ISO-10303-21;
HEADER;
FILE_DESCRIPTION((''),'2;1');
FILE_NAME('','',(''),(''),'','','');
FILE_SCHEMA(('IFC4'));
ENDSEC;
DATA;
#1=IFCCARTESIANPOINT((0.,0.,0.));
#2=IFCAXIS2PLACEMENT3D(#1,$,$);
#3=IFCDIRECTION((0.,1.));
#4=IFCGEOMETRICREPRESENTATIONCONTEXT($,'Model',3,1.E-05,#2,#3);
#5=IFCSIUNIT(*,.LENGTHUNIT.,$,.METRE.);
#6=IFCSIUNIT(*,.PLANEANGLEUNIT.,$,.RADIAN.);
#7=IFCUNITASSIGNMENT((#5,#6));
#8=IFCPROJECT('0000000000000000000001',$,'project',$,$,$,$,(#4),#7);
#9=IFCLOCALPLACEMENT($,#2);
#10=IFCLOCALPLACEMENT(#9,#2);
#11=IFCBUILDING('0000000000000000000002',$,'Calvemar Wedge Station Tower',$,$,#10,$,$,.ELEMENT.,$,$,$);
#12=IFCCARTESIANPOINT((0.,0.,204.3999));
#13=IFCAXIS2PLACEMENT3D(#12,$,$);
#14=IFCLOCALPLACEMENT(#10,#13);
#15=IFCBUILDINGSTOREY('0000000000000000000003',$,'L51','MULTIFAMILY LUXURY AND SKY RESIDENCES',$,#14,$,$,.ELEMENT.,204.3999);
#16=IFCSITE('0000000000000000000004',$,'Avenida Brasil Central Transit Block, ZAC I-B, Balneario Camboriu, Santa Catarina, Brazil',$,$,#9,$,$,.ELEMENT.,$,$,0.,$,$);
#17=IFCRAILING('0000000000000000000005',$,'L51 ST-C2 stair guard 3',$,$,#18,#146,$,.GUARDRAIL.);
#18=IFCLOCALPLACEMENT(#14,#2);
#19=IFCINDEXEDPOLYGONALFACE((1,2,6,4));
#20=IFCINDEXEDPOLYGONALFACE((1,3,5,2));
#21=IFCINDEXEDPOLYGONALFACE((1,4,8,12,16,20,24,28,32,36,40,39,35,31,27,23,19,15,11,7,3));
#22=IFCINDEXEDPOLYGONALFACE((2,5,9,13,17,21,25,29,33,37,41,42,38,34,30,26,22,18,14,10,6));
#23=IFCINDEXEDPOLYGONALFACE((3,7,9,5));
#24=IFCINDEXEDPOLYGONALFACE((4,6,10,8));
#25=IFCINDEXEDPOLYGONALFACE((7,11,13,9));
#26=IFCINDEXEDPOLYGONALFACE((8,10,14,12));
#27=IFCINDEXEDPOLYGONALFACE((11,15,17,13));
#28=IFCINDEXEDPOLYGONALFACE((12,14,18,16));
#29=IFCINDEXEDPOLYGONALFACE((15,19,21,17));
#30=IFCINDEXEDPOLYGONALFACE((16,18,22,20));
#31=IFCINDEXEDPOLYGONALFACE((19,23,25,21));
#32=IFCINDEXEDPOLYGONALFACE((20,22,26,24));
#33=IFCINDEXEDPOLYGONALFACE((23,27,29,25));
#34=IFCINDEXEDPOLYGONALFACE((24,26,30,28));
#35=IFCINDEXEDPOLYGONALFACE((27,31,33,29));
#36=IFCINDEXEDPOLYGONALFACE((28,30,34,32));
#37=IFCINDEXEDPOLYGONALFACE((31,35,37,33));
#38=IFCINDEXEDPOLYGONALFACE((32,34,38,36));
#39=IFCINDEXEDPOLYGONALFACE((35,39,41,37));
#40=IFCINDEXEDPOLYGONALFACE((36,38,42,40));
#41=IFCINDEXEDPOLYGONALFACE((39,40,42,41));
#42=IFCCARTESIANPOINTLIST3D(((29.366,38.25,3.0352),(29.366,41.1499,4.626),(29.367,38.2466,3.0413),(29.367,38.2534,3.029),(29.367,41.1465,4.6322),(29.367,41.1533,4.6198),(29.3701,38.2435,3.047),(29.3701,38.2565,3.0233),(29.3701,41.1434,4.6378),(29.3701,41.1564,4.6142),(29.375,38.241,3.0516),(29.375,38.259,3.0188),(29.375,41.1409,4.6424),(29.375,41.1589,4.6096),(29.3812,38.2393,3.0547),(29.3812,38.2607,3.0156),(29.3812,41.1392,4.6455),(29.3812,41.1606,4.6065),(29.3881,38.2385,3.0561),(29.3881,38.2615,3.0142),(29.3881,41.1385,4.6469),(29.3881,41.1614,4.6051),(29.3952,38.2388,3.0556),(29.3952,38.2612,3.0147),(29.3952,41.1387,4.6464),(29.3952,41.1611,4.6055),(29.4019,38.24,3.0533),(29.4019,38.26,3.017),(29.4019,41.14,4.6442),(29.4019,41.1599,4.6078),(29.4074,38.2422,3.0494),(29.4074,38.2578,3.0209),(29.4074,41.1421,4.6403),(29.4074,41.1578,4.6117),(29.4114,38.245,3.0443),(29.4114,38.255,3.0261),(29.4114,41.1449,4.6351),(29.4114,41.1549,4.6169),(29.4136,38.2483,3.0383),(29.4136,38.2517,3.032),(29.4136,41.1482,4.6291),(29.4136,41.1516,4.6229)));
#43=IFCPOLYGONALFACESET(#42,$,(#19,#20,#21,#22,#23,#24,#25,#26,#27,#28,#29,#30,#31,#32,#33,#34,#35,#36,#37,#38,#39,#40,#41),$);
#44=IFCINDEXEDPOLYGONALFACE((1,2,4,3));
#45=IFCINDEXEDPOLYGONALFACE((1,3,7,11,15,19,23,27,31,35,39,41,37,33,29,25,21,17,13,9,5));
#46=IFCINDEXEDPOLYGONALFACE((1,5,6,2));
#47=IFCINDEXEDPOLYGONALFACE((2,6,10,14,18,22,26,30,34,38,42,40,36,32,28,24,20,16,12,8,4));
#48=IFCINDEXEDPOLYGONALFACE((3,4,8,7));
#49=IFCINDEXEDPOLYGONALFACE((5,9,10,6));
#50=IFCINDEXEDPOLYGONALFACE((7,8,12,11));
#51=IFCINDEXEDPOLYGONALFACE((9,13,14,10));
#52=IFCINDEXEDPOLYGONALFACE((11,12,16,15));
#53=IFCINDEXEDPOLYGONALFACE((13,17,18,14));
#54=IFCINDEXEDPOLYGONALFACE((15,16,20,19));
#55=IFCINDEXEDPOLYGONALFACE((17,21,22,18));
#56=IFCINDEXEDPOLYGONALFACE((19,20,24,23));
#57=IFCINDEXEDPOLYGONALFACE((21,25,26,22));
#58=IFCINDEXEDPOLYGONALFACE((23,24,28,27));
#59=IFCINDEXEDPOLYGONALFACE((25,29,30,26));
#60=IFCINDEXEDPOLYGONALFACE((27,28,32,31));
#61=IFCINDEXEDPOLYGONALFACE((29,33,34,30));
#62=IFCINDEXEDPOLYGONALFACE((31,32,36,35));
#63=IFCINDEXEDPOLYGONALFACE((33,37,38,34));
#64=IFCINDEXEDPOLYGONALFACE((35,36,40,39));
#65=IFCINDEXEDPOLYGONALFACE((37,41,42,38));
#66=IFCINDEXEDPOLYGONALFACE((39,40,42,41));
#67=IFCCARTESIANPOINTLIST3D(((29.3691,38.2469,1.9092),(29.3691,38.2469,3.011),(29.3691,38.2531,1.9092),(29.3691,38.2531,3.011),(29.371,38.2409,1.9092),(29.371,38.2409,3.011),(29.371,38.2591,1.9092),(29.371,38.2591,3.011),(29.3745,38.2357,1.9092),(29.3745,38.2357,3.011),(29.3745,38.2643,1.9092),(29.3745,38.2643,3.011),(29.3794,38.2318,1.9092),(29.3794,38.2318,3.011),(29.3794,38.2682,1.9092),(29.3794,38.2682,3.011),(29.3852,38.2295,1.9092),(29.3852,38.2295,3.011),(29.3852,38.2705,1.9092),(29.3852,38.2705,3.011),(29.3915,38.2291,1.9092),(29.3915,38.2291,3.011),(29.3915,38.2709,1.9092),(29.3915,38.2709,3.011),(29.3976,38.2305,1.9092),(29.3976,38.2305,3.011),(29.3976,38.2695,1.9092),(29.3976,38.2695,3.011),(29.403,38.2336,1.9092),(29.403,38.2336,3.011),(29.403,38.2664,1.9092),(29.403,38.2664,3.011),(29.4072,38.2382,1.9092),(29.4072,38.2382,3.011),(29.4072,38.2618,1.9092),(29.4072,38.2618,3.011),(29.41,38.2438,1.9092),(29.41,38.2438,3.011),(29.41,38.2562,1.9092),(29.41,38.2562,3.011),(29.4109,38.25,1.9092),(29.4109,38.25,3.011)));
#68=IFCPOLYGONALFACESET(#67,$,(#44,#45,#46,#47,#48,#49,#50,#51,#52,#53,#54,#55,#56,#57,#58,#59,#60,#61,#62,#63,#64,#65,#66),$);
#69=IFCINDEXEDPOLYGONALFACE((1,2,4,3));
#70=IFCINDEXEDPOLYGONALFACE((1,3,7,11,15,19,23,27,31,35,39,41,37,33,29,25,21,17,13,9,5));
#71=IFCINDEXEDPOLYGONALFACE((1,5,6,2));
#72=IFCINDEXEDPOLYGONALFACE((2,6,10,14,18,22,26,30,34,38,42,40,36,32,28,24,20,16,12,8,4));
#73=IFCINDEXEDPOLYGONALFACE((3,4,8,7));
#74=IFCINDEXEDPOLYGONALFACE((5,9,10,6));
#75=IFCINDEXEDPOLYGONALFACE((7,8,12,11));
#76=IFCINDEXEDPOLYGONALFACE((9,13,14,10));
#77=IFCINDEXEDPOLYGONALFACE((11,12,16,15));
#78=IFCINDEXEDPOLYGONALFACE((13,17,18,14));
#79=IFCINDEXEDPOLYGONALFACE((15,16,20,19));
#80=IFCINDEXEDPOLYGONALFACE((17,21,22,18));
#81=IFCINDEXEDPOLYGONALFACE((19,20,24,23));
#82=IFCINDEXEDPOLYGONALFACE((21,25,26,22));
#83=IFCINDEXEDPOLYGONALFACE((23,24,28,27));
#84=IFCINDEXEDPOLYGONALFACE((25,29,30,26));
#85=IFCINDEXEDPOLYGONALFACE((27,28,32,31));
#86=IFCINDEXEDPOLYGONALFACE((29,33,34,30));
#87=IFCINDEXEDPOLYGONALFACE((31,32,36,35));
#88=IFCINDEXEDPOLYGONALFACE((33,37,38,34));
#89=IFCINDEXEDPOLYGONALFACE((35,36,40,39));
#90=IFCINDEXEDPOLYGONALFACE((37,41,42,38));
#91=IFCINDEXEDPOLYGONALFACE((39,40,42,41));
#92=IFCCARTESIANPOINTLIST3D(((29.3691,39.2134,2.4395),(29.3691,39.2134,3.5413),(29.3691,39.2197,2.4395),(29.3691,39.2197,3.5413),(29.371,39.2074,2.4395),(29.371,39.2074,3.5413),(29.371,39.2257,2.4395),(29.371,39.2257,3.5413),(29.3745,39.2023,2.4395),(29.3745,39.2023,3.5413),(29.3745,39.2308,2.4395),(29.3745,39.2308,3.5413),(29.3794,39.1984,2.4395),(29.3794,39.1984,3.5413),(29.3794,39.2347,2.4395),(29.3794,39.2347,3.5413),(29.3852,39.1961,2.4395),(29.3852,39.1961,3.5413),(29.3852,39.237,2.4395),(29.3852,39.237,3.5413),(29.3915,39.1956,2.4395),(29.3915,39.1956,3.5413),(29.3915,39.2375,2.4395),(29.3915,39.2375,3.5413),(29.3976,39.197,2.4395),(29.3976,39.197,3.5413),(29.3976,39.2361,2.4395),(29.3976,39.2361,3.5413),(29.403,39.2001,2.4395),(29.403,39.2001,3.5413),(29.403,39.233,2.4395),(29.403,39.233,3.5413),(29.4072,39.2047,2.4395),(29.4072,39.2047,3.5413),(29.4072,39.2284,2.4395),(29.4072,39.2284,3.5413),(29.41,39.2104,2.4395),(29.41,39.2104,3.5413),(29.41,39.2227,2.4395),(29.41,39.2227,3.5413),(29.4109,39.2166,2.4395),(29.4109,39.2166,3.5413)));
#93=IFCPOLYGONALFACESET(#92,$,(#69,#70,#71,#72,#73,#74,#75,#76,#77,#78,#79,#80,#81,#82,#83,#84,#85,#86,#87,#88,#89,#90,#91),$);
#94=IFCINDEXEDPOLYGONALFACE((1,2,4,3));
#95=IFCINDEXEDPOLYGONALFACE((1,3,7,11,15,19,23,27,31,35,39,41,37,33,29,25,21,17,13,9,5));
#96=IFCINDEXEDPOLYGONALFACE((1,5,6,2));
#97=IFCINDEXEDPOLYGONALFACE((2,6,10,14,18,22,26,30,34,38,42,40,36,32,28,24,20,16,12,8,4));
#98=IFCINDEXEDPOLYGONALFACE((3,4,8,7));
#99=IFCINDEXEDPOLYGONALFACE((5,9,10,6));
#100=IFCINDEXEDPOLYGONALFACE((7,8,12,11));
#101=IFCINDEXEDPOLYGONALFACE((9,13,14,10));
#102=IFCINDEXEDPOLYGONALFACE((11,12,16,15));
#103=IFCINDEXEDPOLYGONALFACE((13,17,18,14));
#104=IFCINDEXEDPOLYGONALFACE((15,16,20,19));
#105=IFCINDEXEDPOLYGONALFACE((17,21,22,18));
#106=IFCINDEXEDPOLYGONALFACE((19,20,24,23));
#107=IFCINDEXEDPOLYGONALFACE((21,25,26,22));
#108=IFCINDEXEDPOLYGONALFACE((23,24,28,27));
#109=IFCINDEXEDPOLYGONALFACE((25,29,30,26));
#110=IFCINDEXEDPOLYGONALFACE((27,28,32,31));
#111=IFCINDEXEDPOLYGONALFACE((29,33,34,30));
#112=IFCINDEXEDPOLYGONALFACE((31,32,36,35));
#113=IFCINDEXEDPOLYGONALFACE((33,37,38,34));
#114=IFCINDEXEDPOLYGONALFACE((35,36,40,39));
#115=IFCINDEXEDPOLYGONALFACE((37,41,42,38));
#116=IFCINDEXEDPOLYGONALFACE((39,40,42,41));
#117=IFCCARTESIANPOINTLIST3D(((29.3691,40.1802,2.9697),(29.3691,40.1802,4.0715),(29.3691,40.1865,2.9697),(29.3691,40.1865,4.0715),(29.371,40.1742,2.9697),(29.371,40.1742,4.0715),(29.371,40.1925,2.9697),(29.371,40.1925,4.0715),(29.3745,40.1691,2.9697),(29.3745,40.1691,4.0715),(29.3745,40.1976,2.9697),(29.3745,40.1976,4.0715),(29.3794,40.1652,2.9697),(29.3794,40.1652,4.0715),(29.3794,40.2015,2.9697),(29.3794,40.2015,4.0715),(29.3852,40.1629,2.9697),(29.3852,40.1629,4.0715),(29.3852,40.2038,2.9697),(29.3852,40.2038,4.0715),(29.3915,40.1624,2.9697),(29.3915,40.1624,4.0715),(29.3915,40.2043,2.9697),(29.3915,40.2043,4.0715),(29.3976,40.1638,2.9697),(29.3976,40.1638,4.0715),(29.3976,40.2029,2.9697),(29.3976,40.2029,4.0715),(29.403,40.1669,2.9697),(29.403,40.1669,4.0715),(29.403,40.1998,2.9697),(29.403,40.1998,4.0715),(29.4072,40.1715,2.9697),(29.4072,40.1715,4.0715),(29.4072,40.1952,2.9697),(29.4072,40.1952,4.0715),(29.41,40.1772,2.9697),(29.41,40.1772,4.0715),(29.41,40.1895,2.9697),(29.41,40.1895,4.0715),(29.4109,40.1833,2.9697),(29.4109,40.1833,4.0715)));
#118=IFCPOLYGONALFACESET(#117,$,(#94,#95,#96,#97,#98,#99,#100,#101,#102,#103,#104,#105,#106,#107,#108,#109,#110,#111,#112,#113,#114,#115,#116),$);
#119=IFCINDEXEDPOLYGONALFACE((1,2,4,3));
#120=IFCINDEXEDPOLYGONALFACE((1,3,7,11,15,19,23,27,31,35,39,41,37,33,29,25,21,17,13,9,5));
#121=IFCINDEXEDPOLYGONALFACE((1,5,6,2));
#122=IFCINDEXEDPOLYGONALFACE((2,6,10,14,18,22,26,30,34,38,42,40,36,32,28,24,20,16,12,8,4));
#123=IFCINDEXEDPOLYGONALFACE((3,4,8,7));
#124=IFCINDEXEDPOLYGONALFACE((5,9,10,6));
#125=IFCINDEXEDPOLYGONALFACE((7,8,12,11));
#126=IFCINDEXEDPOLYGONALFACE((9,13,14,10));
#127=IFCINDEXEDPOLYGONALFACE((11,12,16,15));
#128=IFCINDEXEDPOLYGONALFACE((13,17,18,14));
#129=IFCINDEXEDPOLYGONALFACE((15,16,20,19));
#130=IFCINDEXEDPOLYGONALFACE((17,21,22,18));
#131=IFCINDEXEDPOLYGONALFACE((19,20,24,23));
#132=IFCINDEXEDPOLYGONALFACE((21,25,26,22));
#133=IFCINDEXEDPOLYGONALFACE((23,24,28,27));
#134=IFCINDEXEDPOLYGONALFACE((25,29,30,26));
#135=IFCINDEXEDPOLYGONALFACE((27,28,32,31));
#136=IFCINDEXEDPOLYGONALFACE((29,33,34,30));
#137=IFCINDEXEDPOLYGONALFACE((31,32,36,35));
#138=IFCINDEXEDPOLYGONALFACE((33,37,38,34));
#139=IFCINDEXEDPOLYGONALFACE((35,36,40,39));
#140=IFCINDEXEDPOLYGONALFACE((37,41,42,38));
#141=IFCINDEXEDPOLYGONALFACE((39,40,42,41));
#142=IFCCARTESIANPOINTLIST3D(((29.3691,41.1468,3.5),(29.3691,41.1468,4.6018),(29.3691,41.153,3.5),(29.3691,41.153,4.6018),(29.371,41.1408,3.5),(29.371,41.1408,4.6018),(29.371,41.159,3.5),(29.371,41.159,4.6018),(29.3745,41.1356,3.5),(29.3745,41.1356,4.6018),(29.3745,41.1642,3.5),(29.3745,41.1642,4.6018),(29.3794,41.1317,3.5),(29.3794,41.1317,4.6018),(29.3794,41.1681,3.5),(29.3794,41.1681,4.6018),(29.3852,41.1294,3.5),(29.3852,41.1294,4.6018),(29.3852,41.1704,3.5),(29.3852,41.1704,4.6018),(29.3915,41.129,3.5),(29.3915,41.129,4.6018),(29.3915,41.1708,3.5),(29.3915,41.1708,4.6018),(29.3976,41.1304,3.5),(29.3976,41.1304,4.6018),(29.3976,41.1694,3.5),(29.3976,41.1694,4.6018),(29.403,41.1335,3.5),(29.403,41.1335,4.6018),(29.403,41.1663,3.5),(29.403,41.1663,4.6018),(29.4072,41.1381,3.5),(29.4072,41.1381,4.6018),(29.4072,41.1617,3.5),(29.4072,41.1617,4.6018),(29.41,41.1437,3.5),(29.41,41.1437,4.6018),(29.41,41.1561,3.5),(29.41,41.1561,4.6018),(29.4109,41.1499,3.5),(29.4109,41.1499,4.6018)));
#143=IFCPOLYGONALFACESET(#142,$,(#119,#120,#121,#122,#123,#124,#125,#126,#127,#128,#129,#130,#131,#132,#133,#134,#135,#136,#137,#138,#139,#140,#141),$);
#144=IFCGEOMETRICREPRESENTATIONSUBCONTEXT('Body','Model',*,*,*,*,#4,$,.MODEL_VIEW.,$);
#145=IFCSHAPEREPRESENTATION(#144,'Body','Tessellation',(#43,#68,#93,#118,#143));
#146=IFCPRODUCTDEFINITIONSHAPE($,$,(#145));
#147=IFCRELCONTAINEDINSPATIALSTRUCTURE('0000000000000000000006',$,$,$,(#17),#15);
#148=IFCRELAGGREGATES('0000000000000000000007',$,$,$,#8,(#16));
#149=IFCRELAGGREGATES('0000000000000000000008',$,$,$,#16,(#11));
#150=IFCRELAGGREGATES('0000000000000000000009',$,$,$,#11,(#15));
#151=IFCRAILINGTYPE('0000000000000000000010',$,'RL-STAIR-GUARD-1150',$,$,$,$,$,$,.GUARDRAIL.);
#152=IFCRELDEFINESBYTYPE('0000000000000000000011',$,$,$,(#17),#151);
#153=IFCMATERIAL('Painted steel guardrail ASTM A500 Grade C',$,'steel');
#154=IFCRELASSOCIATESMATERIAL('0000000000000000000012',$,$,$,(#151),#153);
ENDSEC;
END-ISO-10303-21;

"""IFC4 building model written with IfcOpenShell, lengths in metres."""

from ifc_helpers import new_model, si_unit, direction, frame, origin, origin_2d, place, context, subcontext, project, spatial, circle, extrude, material, type_object, element, save


model = new_model("IFC4")

# Units and contexts
model_context = context("Model", 3, precision=1e-05, world=origin(), true_north=direction((0.0, 1.0)))
body_context = subcontext(model_context, "Body", "Model", "MODEL_VIEW")
ifc_project = project(units=[si_unit("LENGTHUNIT", "METRE"), si_unit("PLANEANGLEUNIT", "RADIAN")], contexts=[model_context])

# Site, building, storey
site_placement = place(None, origin())
site = spatial("IfcSite", under=ifc_project, at=site_placement, Name="Avenida Brasil Central Transit Block, ZAC I-B, Balneario Camboriu, Santa Catarina, Brazil", CompositionType="ELEMENT", RefElevation=0.0)
building_placement = place(site_placement, origin())
building = spatial("IfcBuilding", under=site, at=building_placement, Name="Calvemar Wedge Station Tower", CompositionType="ELEMENT")
storey_placement = place(building_placement, frame((0.0, 0.0, 204.3999)))
storey = spatial("IfcBuildingStorey", under=building, at=storey_placement, Name="L51", Description="MULTIFAMILY LUXURY AND SKY RESIDENCES", CompositionType="ELEMENT", Elevation=204.3999)

# Railing
ifc_material_1 = material(Name="Painted steel guardrail ASTM A500 Grade C", Category="steel")
railing_type_1 = type_object("IfcRailingType", Name="RL-STAIR-GUARD-1150", PredefinedType="GUARDRAIL", material=ifc_material_1)
railing_1_placement = place(storey_placement, frame((29.3899, 38.25, 1.9092)))
element("IfcRailing", 1, at=railing_1_placement, inside=storey, type_object=railing_type_1, Name="L51 ST-C2 stair guard 3", PredefinedType="GUARDRAIL", context=body_context, shape_type="SweptSolid", body=[
    extrude(circle(Radius=0.0239, at=origin_2d()), frame((0.0, 0.0, 1.126), z_axis=(0.0, 0.876742, 0.480961), x_axis=(-1.0, 0.0, 0.0)), (0.0, 0.0, 1.0), 3.3076),
    extrude(circle(Radius=0.021, at=origin_2d()), origin(), (0.0, 0.0, 1.0), 1.1018),
    extrude(circle(Radius=0.021, at=origin_2d()), frame((0.0, 0.9666, 0.5303)), (0.0, 0.0, 1.0), 1.1018),
    extrude(circle(Radius=0.021, at=origin_2d()), frame((0.0, 1.9333, 1.0605)), (0.0, 0.0, 1.0), 1.1018),
    extrude(circle(Radius=0.021, at=origin_2d()), frame((0.0, 2.8999, 1.5908)), (0.0, 0.0, 1.0), 1.1018),
])

save(model, "model.ifc")
